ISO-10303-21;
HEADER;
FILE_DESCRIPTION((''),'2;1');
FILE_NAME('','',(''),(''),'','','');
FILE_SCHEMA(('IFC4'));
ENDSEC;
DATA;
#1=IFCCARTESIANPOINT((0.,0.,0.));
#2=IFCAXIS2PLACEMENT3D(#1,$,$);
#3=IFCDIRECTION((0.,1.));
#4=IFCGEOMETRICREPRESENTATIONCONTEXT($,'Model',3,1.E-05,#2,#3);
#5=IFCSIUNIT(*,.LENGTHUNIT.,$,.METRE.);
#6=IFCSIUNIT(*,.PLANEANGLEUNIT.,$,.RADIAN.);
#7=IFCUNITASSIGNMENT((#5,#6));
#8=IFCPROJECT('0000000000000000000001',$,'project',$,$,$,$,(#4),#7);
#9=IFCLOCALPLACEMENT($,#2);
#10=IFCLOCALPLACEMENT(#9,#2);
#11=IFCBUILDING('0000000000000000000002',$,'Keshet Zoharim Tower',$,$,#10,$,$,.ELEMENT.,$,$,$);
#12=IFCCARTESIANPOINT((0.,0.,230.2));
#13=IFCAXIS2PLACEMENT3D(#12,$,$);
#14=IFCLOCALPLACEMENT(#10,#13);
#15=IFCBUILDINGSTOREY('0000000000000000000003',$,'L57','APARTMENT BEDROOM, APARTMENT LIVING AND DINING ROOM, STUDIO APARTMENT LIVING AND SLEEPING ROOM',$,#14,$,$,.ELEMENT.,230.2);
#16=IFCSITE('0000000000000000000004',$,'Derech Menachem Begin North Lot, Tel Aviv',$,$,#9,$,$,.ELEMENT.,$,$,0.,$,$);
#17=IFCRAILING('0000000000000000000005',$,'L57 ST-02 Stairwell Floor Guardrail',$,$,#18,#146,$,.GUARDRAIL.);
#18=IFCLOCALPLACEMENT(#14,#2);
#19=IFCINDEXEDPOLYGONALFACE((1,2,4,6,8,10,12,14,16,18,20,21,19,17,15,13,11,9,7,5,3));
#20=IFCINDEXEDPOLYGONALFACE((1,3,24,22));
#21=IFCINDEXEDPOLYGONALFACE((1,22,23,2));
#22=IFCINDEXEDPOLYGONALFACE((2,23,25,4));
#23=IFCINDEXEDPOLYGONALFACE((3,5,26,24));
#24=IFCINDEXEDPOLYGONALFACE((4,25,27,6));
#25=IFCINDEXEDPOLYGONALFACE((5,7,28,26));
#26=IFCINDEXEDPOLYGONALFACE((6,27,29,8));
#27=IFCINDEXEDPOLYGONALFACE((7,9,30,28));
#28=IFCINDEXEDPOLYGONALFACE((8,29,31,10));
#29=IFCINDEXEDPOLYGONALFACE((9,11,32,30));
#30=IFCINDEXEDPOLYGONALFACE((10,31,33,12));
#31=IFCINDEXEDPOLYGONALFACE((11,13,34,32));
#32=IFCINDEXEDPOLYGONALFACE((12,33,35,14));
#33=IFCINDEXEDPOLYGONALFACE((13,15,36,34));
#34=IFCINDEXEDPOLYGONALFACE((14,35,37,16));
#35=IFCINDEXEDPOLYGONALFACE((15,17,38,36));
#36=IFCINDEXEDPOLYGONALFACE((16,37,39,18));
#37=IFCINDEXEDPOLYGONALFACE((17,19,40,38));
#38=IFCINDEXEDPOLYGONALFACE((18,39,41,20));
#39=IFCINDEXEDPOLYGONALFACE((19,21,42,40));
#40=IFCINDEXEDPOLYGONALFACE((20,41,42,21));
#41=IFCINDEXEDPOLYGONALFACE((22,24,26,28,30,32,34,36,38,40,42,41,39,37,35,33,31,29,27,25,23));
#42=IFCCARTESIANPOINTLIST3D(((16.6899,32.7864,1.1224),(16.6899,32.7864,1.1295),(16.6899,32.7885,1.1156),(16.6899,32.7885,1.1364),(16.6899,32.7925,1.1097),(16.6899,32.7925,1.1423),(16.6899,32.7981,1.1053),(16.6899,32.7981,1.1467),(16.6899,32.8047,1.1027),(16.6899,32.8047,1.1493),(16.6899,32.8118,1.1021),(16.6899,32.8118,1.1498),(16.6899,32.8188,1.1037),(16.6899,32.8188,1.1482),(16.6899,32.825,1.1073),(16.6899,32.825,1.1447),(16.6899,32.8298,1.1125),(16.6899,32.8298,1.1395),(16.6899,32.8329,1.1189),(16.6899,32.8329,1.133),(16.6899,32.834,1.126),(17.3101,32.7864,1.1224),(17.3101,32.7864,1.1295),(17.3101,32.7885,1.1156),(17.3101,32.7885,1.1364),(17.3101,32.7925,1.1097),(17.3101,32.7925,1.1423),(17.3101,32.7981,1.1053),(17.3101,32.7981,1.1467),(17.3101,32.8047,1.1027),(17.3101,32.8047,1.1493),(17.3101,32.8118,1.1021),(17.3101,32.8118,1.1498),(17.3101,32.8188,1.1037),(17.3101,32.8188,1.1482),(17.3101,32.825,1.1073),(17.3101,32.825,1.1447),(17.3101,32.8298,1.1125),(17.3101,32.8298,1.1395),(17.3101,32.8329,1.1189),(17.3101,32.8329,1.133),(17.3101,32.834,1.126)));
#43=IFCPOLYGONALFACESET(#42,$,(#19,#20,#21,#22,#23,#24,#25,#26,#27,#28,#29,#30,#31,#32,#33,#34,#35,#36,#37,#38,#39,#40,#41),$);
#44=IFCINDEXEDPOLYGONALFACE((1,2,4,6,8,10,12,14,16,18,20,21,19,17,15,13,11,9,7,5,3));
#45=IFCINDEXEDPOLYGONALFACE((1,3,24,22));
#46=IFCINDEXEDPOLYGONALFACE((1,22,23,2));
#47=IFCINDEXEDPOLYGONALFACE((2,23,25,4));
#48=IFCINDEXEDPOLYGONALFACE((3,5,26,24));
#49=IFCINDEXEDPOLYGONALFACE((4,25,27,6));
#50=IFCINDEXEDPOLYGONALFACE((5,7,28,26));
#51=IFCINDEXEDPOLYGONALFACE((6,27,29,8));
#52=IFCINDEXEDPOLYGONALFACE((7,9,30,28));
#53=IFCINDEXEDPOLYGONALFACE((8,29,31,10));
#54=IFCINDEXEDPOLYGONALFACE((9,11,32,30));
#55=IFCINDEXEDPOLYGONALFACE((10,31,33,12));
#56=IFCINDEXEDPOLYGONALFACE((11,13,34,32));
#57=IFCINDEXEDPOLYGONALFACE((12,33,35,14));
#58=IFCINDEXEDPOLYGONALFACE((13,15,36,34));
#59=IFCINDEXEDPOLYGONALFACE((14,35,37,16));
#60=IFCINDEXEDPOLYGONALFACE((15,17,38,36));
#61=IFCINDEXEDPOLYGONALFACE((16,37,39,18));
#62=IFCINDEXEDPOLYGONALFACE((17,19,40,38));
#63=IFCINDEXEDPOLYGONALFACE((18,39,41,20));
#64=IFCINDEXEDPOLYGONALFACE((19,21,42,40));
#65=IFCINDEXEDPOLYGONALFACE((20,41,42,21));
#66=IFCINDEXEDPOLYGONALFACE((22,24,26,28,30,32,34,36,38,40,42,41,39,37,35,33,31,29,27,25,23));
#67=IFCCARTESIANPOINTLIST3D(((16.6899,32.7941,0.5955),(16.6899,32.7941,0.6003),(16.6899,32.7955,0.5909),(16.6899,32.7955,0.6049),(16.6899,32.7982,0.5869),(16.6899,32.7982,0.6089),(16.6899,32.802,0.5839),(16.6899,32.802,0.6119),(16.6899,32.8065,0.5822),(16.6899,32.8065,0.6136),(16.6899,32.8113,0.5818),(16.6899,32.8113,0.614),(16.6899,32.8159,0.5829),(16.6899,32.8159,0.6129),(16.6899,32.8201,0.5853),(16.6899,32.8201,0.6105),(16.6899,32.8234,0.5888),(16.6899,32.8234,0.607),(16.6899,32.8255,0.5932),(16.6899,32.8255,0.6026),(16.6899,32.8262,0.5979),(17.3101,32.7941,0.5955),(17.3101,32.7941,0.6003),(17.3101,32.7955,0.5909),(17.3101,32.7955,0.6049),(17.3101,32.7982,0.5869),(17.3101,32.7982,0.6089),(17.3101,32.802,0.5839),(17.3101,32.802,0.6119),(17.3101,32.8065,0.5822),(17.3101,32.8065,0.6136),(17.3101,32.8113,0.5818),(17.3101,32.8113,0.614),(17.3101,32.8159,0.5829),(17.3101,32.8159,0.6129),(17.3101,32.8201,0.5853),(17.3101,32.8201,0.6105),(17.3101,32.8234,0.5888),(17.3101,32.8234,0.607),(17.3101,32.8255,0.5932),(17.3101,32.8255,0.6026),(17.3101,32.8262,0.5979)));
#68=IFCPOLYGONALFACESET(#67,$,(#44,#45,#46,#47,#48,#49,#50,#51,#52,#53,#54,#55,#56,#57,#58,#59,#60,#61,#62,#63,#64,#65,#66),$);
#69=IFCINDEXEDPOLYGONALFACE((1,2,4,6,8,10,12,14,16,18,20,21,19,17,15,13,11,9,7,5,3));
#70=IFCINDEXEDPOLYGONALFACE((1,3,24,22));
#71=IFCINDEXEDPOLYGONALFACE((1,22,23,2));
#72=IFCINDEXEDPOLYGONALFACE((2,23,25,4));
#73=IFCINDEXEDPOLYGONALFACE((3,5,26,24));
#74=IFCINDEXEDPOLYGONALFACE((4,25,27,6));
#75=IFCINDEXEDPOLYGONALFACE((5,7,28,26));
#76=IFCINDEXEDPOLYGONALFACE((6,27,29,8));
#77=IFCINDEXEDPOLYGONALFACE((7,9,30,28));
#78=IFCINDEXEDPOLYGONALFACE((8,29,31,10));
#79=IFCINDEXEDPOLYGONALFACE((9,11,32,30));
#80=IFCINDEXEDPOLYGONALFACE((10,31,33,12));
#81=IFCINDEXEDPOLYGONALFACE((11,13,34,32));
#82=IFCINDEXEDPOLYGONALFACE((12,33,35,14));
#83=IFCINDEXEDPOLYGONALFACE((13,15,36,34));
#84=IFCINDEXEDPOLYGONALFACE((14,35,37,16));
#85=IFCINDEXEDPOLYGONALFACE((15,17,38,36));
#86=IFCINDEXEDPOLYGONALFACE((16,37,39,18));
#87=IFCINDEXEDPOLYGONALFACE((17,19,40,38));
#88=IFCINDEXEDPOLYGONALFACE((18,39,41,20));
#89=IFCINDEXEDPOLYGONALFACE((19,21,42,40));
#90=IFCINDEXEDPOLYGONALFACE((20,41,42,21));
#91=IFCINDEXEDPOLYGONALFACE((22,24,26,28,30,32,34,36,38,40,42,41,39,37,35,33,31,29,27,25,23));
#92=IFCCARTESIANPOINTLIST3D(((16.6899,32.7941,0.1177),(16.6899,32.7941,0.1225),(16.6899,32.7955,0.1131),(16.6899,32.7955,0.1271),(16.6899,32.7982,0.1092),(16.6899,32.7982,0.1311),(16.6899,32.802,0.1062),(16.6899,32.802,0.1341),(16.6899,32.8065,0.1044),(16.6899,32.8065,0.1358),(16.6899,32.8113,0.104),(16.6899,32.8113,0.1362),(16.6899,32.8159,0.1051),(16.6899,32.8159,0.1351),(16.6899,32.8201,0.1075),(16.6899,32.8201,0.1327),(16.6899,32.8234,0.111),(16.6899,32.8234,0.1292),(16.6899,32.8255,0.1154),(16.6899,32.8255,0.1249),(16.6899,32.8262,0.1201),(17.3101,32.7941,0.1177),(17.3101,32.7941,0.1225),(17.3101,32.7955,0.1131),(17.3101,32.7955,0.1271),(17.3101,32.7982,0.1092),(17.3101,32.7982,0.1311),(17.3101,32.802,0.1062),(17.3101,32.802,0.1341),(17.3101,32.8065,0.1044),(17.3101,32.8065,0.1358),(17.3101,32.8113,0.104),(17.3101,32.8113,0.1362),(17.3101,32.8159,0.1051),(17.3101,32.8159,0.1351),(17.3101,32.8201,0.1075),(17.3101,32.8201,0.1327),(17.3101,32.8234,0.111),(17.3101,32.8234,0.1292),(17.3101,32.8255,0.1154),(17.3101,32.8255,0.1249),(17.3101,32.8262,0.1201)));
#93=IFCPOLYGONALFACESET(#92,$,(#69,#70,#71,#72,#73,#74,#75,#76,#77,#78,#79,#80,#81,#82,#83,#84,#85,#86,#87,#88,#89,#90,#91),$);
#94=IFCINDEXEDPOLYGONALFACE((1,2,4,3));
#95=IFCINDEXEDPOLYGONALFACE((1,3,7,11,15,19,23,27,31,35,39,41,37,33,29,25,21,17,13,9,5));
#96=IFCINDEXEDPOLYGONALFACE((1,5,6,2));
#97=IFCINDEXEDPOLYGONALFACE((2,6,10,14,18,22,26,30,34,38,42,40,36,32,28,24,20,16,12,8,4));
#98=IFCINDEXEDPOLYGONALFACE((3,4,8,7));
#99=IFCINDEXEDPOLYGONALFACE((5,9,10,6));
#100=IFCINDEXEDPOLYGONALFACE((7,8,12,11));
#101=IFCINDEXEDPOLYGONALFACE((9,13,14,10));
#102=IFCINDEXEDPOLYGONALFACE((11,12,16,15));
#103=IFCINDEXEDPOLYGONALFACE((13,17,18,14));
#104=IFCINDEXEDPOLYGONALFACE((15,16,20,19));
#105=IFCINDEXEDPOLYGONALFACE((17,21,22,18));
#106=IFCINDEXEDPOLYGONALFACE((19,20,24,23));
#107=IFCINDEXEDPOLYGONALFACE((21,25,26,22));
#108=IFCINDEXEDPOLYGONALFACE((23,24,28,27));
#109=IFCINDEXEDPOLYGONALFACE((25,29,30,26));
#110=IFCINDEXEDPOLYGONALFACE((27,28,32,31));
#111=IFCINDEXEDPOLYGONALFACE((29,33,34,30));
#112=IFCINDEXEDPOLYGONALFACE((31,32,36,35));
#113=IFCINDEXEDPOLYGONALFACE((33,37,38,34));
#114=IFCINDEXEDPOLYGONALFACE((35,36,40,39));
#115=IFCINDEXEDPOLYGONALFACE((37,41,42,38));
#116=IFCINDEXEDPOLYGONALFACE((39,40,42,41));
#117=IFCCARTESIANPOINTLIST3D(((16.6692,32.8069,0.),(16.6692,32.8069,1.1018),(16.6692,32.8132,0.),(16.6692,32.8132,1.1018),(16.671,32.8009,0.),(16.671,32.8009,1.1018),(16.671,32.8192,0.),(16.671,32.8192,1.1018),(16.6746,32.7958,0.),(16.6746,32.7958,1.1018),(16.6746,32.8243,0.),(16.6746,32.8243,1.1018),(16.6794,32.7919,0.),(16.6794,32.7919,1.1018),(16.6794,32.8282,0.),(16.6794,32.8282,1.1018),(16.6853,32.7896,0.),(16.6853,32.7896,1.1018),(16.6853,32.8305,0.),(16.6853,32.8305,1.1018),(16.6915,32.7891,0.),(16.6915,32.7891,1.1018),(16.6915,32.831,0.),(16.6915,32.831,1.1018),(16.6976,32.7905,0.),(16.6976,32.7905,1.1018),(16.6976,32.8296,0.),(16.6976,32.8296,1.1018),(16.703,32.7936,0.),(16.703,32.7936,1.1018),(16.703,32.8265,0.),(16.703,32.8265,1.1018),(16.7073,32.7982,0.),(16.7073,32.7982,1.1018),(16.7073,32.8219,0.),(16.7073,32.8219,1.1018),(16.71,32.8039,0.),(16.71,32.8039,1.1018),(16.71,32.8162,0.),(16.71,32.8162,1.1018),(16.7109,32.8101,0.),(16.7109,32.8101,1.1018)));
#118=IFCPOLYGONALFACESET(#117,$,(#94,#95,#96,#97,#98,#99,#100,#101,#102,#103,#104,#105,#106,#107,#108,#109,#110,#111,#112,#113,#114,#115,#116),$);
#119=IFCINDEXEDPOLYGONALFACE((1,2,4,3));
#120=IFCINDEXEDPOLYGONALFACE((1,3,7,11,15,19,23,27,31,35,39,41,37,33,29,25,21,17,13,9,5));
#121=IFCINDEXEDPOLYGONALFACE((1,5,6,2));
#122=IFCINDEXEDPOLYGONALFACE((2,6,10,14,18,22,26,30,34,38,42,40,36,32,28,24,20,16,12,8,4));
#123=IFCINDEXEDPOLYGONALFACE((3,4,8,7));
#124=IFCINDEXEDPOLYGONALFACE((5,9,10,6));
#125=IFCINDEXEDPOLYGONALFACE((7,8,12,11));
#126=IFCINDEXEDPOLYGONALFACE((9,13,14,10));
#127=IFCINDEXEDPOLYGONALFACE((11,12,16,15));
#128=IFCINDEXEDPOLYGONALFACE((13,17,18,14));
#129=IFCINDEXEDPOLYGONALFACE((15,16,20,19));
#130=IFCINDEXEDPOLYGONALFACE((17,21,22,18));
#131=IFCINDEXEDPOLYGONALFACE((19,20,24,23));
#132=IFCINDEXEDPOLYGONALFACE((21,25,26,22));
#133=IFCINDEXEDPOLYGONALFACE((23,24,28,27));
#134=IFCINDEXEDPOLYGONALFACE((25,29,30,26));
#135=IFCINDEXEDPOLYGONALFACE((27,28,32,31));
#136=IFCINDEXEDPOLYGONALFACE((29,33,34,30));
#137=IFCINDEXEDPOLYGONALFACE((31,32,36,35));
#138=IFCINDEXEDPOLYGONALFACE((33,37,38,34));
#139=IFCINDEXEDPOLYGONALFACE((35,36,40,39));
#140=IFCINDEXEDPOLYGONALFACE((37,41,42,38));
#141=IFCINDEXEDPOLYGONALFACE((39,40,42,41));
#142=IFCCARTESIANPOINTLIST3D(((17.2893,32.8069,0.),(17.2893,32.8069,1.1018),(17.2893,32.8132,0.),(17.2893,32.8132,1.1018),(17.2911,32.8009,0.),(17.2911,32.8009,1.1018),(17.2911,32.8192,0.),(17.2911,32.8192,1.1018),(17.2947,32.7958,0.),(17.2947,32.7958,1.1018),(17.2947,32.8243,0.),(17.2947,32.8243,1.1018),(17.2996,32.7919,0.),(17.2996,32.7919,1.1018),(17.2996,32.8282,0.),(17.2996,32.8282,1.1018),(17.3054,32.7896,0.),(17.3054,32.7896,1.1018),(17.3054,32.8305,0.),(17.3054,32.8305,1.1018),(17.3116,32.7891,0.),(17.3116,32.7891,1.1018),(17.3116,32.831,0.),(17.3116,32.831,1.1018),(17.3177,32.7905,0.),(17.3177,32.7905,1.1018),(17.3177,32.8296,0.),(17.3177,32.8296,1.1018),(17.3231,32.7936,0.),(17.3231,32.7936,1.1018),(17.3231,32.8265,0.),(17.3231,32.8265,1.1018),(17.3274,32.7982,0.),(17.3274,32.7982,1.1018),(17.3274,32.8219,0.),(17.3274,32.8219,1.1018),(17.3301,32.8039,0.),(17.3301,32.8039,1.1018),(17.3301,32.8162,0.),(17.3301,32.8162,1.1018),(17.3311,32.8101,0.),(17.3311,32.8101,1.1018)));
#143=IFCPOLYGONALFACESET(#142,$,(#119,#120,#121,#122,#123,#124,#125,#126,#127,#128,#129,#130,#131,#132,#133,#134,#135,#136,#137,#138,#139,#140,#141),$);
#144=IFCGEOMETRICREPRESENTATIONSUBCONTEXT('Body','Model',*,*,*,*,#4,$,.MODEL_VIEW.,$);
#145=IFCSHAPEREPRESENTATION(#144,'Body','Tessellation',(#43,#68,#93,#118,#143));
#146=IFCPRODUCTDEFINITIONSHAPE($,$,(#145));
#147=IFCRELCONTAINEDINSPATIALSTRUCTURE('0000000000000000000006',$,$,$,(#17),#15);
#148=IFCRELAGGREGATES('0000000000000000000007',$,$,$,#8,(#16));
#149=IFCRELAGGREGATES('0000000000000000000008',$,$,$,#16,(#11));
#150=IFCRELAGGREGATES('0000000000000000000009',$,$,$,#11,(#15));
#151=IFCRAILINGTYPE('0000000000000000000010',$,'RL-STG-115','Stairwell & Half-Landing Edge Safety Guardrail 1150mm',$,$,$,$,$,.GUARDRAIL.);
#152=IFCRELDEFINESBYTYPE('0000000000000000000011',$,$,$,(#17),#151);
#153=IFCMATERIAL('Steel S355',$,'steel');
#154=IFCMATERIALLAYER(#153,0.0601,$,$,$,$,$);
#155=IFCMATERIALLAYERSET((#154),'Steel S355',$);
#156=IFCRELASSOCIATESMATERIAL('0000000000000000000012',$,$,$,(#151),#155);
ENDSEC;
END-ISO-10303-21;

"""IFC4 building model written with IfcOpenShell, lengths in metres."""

from ifc_helpers import new_model, si_unit, direction, frame, origin, origin_2d, place, context, subcontext, project, spatial, circle, extrude, material, layer, layer_set, type_object, element, save


model = new_model("IFC4")

# Units and contexts
model_context = context("Model", 3, precision=1e-05, world=origin(), true_north=direction((0.0, 1.0)))
body_context = subcontext(model_context, "Body", "Model", "MODEL_VIEW")
ifc_project = project(units=[si_unit("LENGTHUNIT", "METRE"), si_unit("PLANEANGLEUNIT", "RADIAN")], contexts=[model_context])

# Site, building, storey
site_placement = place(None, origin())
site = spatial("IfcSite", under=ifc_project, at=site_placement, Name="Derech Menachem Begin North Lot, Tel Aviv", CompositionType="ELEMENT", RefElevation=0.0)
building_placement = place(site_placement, origin())
building = spatial("IfcBuilding", under=site, at=building_placement, Name="Keshet Zoharim Tower", CompositionType="ELEMENT")
storey_placement = place(building_placement, frame((0.0, 0.0, 230.2)))
storey = spatial("IfcBuildingStorey", under=building, at=storey_placement, Name="L57", Description="APARTMENT BEDROOM, APARTMENT LIVING AND DINING ROOM, STUDIO APARTMENT LIVING AND SLEEPING ROOM", CompositionType="ELEMENT", Elevation=230.2)

# Shared definitions
ifc_material_1 = material(Name="Steel S355", Category="steel")

# Railing
ifc_layer_1 = layer(ifc_material_1, 0.0601)
ifc_layer_set_1 = layer_set([ifc_layer_1], Name="Steel S355")
railing_type_1 = type_object("IfcRailingType", Name="RL-STG-115", Description="Stairwell & Half-Landing Edge Safety Guardrail 1150mm", PredefinedType="GUARDRAIL", material=ifc_layer_set_1)
railing_1_placement = place(storey_placement, frame((16.6899, 32.8101, 0.0)))
element("IfcRailing", 1, at=railing_1_placement, inside=storey, type_object=railing_type_1, Name="L57 ST-02 Stairwell Floor Guardrail", PredefinedType="GUARDRAIL", context=body_context, shape_type="SweptSolid", body=[
    extrude(circle(Radius=0.0239, at=origin_2d()), frame((0.0, 0.0, 1.126), z_axis=(1.0, 0.0, 0.0), x_axis=(0.0, 1.0, 0.0)), (0.0, 0.0, 1.0), 0.6201),
    extrude(circle(Radius=0.0161, at=origin_2d()), frame((0.0, 0.0, 0.5979), z_axis=(1.0, 0.0, 0.0), x_axis=(0.0, 1.0, 0.0)), (0.0, 0.0, 1.0), 0.6201),
    extrude(circle(Radius=0.0161, at=origin_2d()), frame((0.0, 0.0, 0.1201), z_axis=(1.0, 0.0, 0.0), x_axis=(0.0, 1.0, 0.0)), (0.0, 0.0, 1.0), 0.6201),
    extrude(circle(Radius=0.021, at=origin_2d()), origin(), (0.0, 0.0, 1.0), 1.1018),
    extrude(circle(Radius=0.021, at=origin_2d()), frame((0.6201, 0.0, 0.0)), (0.0, 0.0, 1.0), 1.1018),
])

save(model, "model.ifc")
